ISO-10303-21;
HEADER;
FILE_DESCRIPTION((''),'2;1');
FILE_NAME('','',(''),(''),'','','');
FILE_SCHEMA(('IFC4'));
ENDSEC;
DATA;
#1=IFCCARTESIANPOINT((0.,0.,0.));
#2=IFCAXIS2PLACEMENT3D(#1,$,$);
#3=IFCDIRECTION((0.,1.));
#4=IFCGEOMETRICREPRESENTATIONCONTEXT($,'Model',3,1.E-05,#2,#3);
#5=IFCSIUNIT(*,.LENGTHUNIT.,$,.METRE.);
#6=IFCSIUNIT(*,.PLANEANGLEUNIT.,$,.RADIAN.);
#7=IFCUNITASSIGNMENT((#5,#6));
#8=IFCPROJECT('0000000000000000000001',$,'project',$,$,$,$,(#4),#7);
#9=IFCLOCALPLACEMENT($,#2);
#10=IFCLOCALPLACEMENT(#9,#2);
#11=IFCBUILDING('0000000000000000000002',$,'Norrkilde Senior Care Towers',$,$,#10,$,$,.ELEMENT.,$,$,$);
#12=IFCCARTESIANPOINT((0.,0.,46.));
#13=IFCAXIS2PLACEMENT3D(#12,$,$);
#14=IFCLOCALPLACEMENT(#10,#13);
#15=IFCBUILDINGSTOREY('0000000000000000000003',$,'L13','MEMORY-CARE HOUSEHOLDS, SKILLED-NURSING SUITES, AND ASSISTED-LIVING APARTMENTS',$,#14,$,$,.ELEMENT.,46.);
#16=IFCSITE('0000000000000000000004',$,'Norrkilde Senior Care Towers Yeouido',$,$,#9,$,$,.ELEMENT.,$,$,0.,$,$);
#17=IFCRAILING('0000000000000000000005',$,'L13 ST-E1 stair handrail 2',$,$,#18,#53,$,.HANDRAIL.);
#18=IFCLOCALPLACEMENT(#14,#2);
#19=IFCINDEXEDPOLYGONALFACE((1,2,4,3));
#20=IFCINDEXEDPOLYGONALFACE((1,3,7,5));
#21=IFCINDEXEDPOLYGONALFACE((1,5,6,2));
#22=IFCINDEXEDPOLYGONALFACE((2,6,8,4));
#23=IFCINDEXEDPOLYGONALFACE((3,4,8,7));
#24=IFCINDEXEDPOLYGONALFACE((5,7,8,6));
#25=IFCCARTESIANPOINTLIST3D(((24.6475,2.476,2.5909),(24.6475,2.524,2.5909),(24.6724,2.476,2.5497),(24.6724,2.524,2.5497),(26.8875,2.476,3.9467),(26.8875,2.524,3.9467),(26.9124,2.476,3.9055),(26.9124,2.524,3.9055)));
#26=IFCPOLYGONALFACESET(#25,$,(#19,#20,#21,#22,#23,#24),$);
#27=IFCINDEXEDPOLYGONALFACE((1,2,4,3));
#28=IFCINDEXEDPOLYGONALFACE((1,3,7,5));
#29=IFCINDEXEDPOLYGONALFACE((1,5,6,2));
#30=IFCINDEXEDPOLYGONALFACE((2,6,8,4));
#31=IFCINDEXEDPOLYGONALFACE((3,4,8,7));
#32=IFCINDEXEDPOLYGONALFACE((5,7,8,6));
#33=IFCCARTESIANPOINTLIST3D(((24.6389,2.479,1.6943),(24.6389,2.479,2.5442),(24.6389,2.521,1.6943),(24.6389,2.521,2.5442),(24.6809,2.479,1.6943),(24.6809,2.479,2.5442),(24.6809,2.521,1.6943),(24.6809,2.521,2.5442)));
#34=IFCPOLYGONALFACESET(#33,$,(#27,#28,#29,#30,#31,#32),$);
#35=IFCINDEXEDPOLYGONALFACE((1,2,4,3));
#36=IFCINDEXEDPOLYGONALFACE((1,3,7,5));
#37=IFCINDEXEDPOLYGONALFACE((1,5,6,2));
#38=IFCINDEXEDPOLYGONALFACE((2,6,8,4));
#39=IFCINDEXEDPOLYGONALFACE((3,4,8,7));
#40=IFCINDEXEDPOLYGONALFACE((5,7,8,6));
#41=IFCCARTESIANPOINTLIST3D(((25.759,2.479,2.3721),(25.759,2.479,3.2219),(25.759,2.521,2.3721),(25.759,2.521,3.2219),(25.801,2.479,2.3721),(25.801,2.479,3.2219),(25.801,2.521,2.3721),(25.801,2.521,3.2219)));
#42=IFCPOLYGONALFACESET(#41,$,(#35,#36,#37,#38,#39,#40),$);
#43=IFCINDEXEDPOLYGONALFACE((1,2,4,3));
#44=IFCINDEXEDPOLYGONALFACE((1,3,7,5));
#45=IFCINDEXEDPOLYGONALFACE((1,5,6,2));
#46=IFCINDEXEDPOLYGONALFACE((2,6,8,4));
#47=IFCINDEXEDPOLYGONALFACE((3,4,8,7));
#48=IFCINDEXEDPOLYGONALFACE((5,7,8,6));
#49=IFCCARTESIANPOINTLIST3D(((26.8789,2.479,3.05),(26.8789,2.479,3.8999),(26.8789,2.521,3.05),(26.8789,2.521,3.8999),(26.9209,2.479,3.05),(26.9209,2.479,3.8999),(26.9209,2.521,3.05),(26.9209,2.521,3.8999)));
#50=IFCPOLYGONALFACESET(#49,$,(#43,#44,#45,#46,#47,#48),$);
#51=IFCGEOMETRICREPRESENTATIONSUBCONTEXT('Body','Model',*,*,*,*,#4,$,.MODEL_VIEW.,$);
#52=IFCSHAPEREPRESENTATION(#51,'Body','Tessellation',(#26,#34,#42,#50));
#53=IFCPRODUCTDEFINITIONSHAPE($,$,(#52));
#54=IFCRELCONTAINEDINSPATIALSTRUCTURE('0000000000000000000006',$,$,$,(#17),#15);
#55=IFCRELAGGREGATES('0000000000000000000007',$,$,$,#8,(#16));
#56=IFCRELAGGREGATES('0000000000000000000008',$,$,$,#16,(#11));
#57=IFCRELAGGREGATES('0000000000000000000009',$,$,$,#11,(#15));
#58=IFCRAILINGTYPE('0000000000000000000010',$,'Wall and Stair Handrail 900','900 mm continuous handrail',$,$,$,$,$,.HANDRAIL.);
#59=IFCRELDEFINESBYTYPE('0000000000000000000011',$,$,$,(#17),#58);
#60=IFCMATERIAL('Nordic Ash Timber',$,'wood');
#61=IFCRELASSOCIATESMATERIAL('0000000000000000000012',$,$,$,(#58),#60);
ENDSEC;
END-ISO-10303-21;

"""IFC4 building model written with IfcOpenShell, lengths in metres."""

from ifc_helpers import new_model, si_unit, direction, frame, origin, origin_2d, place, context, subcontext, project, spatial, rectangle, extrude, material, type_object, element, save


model = new_model("IFC4")

# Units and contexts
model_context = context("Model", 3, precision=1e-05, world=origin(), true_north=direction((0.0, 1.0)))
body_context = subcontext(model_context, "Body", "Model", "MODEL_VIEW")
ifc_project = project(units=[si_unit("LENGTHUNIT", "METRE"), si_unit("PLANEANGLEUNIT", "RADIAN")], contexts=[model_context])

# Site, building, storey
site_placement = place(None, origin())
site = spatial("IfcSite", under=ifc_project, at=site_placement, Name="Norrkilde Senior Care Towers Yeouido", CompositionType="ELEMENT", RefElevation=0.0)
building_placement = place(site_placement, origin())
building = spatial("IfcBuilding", under=site, at=building_placement, Name="Norrkilde Senior Care Towers", CompositionType="ELEMENT")
storey_placement = place(building_placement, frame((0.0, 0.0, 46.0)))
storey = spatial("IfcBuildingStorey", under=building, at=storey_placement, Name="L13", Description="MEMORY-CARE HOUSEHOLDS, SKILLED-NURSING SUITES, AND ASSISTED-LIVING APARTMENTS", CompositionType="ELEMENT", Elevation=46.0)

# Shared definitions
ifc_material_1 = material(Name="Nordic Ash Timber", Category="wood")

# Railing
railing_type_1 = type_object("IfcRailingType", Name="Wall and Stair Handrail 900", Description="900 mm continuous handrail", PredefinedType="HANDRAIL", material=ifc_material_1)
railing_1_placement = place(storey_placement, frame((24.6599, 2.5, 1.6943)))
element("IfcRailing", 1, at=railing_1_placement, inside=storey, type_object=railing_type_1, Name="L13 ST-E1 stair handrail 2", PredefinedType="HANDRAIL", context=body_context, shape_type="SweptSolid", body=[
    extrude(rectangle(XDim=0.0481, YDim=0.0481, at=origin_2d()), frame((0.0, 0.0, 0.876), z_axis=(0.855512, 0.0, 0.517783), x_axis=(0.0, 1.0, 0.0)), (0.0, 0.0, 1.0), 2.6184),
    extrude(rectangle(XDim=0.042, YDim=0.042, at=origin_2d()), origin(), (0.0, 0.0, 1.0), 0.8499),
    extrude(rectangle(XDim=0.042, YDim=0.042, at=origin_2d()), frame((1.1201, 0.0, 0.6777)), (0.0, 0.0, 1.0), 0.8499),
    extrude(rectangle(XDim=0.042, YDim=0.042, at=origin_2d()), frame((2.24, 0.0, 1.3557)), (0.0, 0.0, 1.0), 0.8499),
])

save(model, "model.ifc")
